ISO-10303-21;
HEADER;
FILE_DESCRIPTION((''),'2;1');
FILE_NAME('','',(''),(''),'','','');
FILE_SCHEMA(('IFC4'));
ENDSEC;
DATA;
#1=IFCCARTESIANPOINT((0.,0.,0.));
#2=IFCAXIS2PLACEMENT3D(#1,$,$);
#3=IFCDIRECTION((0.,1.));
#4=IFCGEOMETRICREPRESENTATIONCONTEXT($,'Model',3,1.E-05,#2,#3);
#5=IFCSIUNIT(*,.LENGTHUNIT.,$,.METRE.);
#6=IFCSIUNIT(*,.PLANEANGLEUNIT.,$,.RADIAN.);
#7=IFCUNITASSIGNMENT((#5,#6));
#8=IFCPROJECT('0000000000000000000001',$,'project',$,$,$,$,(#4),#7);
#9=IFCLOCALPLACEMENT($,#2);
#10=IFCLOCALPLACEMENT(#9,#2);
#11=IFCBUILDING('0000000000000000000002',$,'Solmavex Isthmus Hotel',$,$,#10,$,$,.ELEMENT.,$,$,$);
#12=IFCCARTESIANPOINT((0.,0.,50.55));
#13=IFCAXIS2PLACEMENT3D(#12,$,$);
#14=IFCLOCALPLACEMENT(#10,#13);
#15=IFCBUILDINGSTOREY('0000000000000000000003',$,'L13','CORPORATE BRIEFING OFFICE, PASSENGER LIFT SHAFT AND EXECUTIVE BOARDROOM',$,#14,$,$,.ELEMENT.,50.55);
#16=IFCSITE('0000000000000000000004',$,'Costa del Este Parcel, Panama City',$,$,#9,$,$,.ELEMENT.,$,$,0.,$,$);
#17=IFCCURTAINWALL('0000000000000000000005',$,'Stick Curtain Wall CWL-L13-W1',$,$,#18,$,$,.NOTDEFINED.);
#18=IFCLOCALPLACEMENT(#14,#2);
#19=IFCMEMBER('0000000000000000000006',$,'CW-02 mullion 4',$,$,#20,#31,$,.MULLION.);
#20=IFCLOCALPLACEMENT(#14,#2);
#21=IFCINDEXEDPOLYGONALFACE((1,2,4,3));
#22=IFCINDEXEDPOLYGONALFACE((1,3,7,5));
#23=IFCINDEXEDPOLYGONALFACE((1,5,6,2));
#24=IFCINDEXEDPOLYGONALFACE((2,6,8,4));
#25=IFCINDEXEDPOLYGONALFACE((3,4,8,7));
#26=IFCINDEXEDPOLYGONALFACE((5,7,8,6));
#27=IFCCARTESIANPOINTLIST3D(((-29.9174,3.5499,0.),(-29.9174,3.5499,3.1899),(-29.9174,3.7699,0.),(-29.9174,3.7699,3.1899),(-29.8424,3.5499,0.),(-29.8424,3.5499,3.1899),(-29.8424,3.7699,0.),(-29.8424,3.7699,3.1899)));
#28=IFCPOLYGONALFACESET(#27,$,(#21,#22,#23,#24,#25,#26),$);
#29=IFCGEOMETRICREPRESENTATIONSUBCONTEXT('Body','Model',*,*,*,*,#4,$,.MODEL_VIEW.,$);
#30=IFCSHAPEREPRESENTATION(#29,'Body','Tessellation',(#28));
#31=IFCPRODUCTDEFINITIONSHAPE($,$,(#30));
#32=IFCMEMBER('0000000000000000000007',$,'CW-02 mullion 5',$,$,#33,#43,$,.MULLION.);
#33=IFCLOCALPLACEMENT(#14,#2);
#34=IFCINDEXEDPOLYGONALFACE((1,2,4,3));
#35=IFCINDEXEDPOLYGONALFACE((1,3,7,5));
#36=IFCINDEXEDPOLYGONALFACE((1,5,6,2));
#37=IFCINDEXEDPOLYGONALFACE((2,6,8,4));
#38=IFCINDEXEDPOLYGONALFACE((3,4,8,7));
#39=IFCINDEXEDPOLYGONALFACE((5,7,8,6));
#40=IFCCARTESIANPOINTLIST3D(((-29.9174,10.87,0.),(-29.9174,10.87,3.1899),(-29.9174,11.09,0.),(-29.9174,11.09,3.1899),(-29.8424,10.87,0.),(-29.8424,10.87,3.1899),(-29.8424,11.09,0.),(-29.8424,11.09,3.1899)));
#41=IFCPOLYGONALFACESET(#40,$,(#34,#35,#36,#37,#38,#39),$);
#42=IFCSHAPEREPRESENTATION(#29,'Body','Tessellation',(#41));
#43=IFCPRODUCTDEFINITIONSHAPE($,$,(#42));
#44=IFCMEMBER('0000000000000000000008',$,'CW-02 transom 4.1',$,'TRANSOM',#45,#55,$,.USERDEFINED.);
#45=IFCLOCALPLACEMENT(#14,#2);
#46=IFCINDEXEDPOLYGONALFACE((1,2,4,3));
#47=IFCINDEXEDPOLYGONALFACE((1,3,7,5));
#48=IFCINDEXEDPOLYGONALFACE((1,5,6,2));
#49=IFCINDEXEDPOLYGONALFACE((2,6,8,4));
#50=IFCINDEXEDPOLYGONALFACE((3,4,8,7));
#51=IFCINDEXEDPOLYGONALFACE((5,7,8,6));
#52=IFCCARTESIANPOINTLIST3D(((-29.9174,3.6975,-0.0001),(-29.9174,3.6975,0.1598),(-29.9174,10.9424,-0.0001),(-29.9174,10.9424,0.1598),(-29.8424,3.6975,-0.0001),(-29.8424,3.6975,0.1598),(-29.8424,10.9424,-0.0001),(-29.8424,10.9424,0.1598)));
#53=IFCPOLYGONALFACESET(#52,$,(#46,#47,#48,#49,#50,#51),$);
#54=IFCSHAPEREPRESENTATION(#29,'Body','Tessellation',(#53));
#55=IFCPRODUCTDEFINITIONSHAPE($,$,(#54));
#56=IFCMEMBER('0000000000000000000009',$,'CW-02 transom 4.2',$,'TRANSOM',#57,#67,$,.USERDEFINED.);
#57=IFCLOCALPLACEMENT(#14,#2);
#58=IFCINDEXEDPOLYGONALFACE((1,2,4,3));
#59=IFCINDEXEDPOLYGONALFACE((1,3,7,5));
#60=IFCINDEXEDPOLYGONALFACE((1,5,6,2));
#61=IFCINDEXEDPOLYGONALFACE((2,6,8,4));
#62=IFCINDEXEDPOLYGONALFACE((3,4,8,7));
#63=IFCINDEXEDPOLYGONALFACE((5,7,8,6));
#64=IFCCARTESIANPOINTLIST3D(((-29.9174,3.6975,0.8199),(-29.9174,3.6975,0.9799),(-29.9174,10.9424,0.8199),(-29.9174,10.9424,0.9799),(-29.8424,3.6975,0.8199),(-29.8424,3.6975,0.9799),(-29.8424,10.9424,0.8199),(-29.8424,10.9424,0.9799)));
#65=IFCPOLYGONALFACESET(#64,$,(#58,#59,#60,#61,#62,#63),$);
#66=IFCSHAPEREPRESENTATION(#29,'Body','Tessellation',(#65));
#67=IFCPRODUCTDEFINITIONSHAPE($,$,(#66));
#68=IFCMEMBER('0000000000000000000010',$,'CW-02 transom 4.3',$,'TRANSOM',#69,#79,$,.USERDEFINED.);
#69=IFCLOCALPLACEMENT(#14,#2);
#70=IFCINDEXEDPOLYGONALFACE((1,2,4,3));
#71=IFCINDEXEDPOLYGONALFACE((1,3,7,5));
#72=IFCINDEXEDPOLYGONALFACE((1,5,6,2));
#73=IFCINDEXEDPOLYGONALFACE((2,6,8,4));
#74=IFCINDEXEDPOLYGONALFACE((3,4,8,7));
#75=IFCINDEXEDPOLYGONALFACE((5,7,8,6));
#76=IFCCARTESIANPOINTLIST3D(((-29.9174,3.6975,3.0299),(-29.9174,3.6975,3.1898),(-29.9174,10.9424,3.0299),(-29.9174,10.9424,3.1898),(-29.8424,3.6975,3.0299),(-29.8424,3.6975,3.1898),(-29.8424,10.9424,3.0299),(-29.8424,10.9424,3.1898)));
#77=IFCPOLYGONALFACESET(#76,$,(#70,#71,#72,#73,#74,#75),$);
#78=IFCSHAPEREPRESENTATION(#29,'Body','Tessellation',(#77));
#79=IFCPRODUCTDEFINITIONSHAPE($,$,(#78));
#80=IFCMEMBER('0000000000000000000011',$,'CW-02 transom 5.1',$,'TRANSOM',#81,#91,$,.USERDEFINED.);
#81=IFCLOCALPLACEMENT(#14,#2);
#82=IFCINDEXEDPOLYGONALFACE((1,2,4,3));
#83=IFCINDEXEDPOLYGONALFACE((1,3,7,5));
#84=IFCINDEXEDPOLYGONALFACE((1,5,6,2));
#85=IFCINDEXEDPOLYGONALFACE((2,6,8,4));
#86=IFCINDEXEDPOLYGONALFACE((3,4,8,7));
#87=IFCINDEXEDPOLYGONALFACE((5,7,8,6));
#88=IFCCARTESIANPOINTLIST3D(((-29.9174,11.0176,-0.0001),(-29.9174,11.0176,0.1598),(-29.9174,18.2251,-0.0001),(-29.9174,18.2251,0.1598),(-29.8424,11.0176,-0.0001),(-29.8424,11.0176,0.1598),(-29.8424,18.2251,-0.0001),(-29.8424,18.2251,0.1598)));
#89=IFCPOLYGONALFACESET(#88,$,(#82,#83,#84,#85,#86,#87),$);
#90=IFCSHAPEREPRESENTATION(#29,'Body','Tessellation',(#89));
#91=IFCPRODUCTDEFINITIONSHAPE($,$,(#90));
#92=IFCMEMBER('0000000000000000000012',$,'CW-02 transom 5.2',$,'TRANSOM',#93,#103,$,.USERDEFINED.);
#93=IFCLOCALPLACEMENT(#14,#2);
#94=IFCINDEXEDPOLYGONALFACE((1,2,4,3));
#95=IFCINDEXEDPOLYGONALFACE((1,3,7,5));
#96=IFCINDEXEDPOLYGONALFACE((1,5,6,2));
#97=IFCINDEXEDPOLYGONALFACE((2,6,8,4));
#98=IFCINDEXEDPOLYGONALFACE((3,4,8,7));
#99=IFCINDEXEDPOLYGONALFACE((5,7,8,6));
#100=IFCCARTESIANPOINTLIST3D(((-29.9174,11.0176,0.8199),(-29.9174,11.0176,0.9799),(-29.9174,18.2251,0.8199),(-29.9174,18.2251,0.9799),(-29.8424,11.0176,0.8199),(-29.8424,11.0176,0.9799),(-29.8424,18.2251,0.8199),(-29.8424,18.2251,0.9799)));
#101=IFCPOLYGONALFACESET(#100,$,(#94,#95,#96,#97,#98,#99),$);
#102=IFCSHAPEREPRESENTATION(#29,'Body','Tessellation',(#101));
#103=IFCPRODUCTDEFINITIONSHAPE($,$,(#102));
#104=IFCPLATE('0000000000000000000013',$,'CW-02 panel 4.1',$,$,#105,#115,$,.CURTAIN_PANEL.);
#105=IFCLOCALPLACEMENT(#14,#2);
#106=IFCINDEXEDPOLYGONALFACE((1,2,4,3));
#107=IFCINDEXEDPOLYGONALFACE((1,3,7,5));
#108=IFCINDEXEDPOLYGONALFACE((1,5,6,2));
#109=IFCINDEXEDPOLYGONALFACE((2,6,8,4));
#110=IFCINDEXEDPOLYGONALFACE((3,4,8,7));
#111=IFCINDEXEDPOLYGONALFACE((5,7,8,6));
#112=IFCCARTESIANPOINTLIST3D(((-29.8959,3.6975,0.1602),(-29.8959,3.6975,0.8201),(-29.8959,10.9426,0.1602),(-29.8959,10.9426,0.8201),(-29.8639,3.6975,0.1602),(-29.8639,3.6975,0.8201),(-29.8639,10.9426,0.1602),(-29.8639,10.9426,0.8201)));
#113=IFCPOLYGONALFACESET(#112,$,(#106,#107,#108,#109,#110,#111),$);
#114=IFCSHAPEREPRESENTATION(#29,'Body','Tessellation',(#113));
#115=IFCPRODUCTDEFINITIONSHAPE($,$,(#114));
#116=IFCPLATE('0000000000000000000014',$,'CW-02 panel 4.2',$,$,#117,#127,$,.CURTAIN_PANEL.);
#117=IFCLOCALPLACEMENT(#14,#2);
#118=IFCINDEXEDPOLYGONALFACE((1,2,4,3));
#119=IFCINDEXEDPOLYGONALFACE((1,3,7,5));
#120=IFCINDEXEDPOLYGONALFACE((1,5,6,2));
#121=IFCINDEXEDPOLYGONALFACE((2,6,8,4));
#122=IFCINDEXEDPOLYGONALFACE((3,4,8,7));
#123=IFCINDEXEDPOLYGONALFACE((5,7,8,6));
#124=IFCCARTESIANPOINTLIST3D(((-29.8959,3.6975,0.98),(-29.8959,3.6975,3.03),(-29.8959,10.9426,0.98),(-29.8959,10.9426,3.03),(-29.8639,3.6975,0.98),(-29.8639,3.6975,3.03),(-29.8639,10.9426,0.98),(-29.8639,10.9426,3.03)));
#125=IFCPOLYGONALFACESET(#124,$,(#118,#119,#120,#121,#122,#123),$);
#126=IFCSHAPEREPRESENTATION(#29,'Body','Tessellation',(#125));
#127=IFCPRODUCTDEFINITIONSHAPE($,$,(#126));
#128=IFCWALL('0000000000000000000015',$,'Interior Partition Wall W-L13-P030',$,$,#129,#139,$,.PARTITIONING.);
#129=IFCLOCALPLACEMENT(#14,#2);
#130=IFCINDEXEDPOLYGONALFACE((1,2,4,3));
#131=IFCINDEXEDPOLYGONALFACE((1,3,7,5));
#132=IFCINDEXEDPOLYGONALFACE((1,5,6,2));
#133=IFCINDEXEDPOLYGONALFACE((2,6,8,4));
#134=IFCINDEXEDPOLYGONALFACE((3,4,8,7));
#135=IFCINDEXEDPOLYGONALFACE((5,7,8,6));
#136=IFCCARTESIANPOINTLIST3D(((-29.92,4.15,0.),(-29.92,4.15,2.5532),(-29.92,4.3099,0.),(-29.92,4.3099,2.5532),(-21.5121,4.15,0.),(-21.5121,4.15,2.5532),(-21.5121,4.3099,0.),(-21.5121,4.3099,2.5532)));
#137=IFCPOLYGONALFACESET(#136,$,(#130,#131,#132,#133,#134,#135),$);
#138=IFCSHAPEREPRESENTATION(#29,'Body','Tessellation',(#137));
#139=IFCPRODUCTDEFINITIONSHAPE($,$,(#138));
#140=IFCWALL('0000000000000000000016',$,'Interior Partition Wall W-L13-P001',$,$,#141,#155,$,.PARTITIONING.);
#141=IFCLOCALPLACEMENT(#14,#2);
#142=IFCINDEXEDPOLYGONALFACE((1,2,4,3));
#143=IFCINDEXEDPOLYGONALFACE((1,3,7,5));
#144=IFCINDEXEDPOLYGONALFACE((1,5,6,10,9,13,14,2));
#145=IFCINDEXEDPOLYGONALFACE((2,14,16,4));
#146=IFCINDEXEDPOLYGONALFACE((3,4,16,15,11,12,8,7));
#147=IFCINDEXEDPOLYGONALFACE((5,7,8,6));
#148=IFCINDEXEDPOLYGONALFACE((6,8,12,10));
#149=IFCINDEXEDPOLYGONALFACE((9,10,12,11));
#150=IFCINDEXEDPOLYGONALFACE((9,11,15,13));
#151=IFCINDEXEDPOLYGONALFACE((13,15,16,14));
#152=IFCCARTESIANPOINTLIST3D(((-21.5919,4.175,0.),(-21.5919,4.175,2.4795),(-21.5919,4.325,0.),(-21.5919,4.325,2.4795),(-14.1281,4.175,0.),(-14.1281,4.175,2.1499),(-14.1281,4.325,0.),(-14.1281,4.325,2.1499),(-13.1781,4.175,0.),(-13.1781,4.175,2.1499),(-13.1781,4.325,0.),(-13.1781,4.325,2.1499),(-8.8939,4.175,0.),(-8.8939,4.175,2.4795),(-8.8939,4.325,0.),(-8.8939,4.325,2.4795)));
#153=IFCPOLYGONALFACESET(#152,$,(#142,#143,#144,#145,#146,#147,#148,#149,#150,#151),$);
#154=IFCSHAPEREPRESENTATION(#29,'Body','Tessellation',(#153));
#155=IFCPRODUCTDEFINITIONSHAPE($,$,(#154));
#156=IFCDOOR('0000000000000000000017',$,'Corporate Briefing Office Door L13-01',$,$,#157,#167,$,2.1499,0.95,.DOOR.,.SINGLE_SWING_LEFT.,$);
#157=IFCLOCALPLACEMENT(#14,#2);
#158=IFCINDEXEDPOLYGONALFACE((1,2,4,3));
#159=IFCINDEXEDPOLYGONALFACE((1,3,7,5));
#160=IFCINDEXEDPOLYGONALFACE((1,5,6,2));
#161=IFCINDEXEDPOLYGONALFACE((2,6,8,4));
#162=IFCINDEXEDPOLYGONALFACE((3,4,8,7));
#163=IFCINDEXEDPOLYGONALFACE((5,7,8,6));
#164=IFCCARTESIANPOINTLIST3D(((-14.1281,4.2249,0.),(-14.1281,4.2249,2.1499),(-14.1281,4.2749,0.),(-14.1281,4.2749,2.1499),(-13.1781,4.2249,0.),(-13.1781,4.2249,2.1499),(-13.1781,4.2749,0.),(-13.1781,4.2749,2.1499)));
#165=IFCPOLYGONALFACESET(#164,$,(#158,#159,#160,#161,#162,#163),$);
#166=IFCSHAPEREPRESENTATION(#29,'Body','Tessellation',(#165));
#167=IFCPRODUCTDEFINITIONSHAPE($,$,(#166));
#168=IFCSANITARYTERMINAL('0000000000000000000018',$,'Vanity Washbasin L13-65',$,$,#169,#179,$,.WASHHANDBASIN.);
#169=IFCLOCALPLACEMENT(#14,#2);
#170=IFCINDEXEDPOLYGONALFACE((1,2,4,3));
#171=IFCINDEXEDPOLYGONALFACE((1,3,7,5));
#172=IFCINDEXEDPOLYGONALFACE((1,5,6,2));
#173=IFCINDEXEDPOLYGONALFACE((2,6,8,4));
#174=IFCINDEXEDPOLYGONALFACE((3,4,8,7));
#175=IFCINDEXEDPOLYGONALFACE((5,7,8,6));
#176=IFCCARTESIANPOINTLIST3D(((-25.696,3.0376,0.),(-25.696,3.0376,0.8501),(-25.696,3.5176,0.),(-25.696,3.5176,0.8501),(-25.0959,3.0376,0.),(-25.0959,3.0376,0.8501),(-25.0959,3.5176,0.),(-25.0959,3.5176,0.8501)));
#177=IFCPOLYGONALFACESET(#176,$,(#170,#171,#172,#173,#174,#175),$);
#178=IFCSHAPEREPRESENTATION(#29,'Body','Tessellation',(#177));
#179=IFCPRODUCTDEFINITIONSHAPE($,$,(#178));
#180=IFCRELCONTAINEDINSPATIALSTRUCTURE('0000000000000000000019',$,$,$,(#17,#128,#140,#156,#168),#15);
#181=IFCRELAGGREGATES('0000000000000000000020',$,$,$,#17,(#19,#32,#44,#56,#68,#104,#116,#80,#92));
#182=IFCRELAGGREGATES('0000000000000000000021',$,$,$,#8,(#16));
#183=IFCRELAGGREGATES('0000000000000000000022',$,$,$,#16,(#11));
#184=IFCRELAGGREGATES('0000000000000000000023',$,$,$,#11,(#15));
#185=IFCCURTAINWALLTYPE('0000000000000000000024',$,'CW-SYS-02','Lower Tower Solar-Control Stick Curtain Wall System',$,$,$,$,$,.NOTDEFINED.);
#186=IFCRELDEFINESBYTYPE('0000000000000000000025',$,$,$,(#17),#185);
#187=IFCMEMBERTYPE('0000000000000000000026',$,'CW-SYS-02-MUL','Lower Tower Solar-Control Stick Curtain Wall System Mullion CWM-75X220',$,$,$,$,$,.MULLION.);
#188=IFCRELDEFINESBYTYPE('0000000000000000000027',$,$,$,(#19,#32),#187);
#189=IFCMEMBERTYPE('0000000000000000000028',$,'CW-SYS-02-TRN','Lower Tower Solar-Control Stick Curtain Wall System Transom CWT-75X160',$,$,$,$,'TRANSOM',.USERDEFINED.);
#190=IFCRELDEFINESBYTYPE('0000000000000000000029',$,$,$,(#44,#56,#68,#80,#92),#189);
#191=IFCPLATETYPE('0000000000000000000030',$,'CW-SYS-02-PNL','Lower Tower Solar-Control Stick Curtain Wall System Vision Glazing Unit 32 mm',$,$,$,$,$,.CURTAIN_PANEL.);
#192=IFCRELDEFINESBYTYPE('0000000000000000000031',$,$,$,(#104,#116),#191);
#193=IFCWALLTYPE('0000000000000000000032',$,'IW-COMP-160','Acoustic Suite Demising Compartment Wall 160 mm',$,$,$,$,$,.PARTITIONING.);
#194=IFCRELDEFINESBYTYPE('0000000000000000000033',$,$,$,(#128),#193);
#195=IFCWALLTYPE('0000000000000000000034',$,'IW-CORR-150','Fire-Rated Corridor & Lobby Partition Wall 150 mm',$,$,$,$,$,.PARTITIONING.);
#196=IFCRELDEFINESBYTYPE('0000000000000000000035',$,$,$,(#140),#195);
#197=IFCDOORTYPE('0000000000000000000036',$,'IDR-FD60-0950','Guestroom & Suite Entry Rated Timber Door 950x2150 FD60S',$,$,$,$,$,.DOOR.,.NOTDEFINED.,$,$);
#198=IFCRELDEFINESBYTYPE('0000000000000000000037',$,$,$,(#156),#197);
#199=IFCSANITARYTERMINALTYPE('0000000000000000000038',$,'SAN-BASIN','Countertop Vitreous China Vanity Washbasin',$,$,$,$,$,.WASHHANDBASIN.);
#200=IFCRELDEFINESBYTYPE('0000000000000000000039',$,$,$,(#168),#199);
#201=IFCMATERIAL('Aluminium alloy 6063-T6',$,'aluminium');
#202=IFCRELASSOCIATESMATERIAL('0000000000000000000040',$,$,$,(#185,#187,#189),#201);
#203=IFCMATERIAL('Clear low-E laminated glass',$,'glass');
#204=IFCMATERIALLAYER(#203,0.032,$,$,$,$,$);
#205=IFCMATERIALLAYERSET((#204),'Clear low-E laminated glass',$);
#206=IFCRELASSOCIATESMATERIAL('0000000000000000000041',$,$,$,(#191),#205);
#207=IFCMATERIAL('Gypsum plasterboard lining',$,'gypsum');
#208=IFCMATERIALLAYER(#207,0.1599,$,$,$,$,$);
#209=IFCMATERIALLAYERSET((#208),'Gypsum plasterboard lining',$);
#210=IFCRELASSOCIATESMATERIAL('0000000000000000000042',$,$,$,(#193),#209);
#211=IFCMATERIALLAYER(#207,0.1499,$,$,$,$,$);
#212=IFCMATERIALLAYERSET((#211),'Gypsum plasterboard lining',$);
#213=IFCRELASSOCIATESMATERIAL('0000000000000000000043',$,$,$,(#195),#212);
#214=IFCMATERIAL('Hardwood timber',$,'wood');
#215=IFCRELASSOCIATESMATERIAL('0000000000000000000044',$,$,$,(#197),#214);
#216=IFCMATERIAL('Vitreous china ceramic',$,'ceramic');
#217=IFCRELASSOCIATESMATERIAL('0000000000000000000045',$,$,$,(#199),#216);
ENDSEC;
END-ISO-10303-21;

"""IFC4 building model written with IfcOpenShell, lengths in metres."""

from ifc_helpers import new_model, si_unit, direction, frame, frame_2d, origin, origin_2d, place, context, subcontext, project, spatial, rectangle, extrude, material, layer, layer_set, material_profile, profile_set, type_object, element, fill, aggregate, save


model = new_model("IFC4")

# Units and contexts
model_context = context("Model", 3, precision=1e-05, world=origin(), true_north=direction((0.0, 1.0)))
body_context = subcontext(model_context, "Body", "Model", "MODEL_VIEW")
ifc_project = project(units=[si_unit("LENGTHUNIT", "METRE"), si_unit("PLANEANGLEUNIT", "RADIAN")], contexts=[model_context])

# Site, building, storey
site_placement = place(None, origin())
site = spatial("IfcSite", under=ifc_project, at=site_placement, Name="Costa del Este Parcel, Panama City", CompositionType="ELEMENT", RefElevation=0.0)
building_placement = place(site_placement, origin())
building = spatial("IfcBuilding", under=site, at=building_placement, Name="Solmavex Isthmus Hotel", CompositionType="ELEMENT")
storey_placement = place(building_placement, frame((0.0, 0.0, 50.55)))
storey = spatial("IfcBuildingStorey", under=building, at=storey_placement, Name="L13", Description="CORPORATE BRIEFING OFFICE, PASSENGER LIFT SHAFT AND EXECUTIVE BOARDROOM", CompositionType="ELEMENT", Elevation=50.55)

# Curtain wall, members, plates
ifc_material_1 = material(Name="Aluminium alloy 6063-T6", Category="aluminium")
curtain_wall_type = type_object("IfcCurtainWallType", Name="CW-SYS-02", Description="Lower Tower Solar-Control Stick Curtain Wall System", PredefinedType="NOTDEFINED", material=ifc_material_1)
curtain_wall_placement = place(storey_placement, origin())
curtain_wall = element("IfcCurtainWall", 1, at=curtain_wall_placement, inside=storey, type_object=curtain_wall_type, Name="Stick Curtain Wall CWL-L13-W1", PredefinedType="NOTDEFINED")
ifc_material_profile_1 = material_profile(ifc_material_1, rectangle(XDim=0.075, YDim=0.22, at=origin_2d()), Name="CWM-75X220")
ifc_profile_set_1 = profile_set([ifc_material_profile_1], Name="Aluminium alloy 6063-T6")
member_type_1 = type_object("IfcMemberType", Name="CW-SYS-02-MUL", Description="Lower Tower Solar-Control Stick Curtain Wall System Mullion CWM-75X220", PredefinedType="MULLION", material=ifc_profile_set_1)
member_1_placement = place(storey_placement, frame((-29.8799, 3.6599, 0.0), z_axis=(0.0, 0.0, 1.0), x_axis=(-1.0, 0.0, 0.0)))
member_1 = element("IfcMember", 2, at=member_1_placement, type_object=member_type_1, Name="CW-02 mullion 4", PredefinedType="MULLION", context=body_context, shape_type="SweptSolid", body=[
    extrude(rectangle(XDim=0.075, YDim=0.22, at=origin_2d()), origin(), (0.0, 0.0, 1.0), 3.1899),
])
member_2_placement = place(storey_placement, frame((-29.8799, 10.98, 0.0), z_axis=(0.0, 0.0, 1.0), x_axis=(-1.0, 0.0, 0.0)))
member_2 = element("IfcMember", 3, at=member_2_placement, type_object=member_type_1, Name="CW-02 mullion 5", PredefinedType="MULLION", context=body_context, shape_type="SweptSolid", body=[
    extrude(rectangle(XDim=0.075, YDim=0.22, at=origin_2d()), origin(), (0.0, 0.0, 1.0), 3.1899),
])
ifc_material_profile_2 = material_profile(ifc_material_1, rectangle(XDim=0.075, YDim=0.1599, at=origin_2d()), Name="CWT-75X160")
ifc_profile_set_2 = profile_set([ifc_material_profile_2], Name="Aluminium alloy 6063-T6")
member_type_2 = type_object("IfcMemberType", Name="CW-SYS-02-TRN", Description="Lower Tower Solar-Control Stick Curtain Wall System Transom CWT-75X160", ElementType="TRANSOM", PredefinedType="USERDEFINED", material=ifc_profile_set_2)
member_3_placement = place(storey_placement, frame((-29.8799, 3.6975, 0.0798), z_axis=(0.0, 1.0, 0.0), x_axis=(-1.0, 0.0, 0.0)))
member_3 = element("IfcMember", 4, at=member_3_placement, type_object=member_type_2, Name="CW-02 transom 4.1", ObjectType="TRANSOM", PredefinedType="USERDEFINED", context=body_context, shape_type="SweptSolid", body=[
    extrude(rectangle(XDim=0.075, YDim=0.1599, at=origin_2d()), origin(), (0.0, 0.0, 1.0), 7.2449),
])
member_4_placement = place(storey_placement, frame((-29.8799, 3.6975, 0.8999), z_axis=(0.0, 1.0, 0.0), x_axis=(-1.0, 0.0, 0.0)))
member_4 = element("IfcMember", 5, at=member_4_placement, type_object=member_type_2, Name="CW-02 transom 4.2", ObjectType="TRANSOM", PredefinedType="USERDEFINED", context=body_context, shape_type="SweptSolid", body=[
    extrude(rectangle(XDim=0.075, YDim=0.1599, at=origin_2d()), origin(), (0.0, 0.0, 1.0), 7.2449),
])
member_5_placement = place(storey_placement, frame((-29.8799, 3.6975, 3.1099), z_axis=(0.0, 1.0, 0.0), x_axis=(-1.0, 0.0, 0.0)))
member_5 = element("IfcMember", 6, at=member_5_placement, type_object=member_type_2, Name="CW-02 transom 4.3", ObjectType="TRANSOM", PredefinedType="USERDEFINED", context=body_context, shape_type="SweptSolid", body=[
    extrude(rectangle(XDim=0.075, YDim=0.1599, at=origin_2d()), origin(), (0.0, 0.0, 1.0), 7.2449),
])
member_6_placement = place(storey_placement, frame((-29.8799, 11.0176, 0.0798), z_axis=(0.0, 1.0, 0.0), x_axis=(-1.0, 0.0, 0.0)))
member_6 = element("IfcMember", 7, at=member_6_placement, type_object=member_type_2, Name="CW-02 transom 5.1", ObjectType="TRANSOM", PredefinedType="USERDEFINED", context=body_context, shape_type="SweptSolid", body=[
    extrude(rectangle(XDim=0.075, YDim=0.1599, at=origin_2d()), origin(), (0.0, 0.0, 1.0), 7.2075),
])
member_7_placement = place(storey_placement, frame((-29.8799, 11.0176, 0.8999), z_axis=(0.0, 1.0, 0.0), x_axis=(-1.0, 0.0, 0.0)))
member_7 = element("IfcMember", 8, at=member_7_placement, type_object=member_type_2, Name="CW-02 transom 5.2", ObjectType="TRANSOM", PredefinedType="USERDEFINED", context=body_context, shape_type="SweptSolid", body=[
    extrude(rectangle(XDim=0.075, YDim=0.1599, at=origin_2d()), origin(), (0.0, 0.0, 1.0), 7.2075),
])
ifc_material_2 = material(Name="Clear low-E laminated glass", Category="glass")
ifc_layer_1 = layer(ifc_material_2, 0.032)
ifc_layer_set_1 = layer_set([ifc_layer_1], Name="Clear low-E laminated glass")
plate_type = type_object("IfcPlateType", Name="CW-SYS-02-PNL", Description="Lower Tower Solar-Control Stick Curtain Wall System Vision Glazing Unit 32 mm", PredefinedType="CURTAIN_PANEL", material=ifc_layer_set_1)
plate_1_placement = place(storey_placement, frame((-29.8799, 7.3201, 0.1602), z_axis=(0.0, 0.0, 1.0), x_axis=(0.0, 1.0, 0.0)))
plate_1 = element("IfcPlate", 9, at=plate_1_placement, type_object=plate_type, Name="CW-02 panel 4.1", PredefinedType="CURTAIN_PANEL", context=body_context, shape_type="SweptSolid", body=[
    extrude(rectangle(XDim=7.2451, YDim=0.032, at=origin_2d()), origin(), (0.0, 0.0, 1.0), 0.6599),
])
plate_2_placement = place(storey_placement, frame((-29.8799, 7.3201, 0.98), z_axis=(0.0, 0.0, 1.0), x_axis=(0.0, 1.0, 0.0)))
plate_2 = element("IfcPlate", 10, at=plate_2_placement, type_object=plate_type, Name="CW-02 panel 4.2", PredefinedType="CURTAIN_PANEL", context=body_context, shape_type="SweptSolid", body=[
    extrude(rectangle(XDim=7.2451, YDim=0.032, at=origin_2d()), origin(), (0.0, 0.0, 1.0), 2.05),
])
aggregate(curtain_wall, [member_1, member_2, member_3, member_4, member_5, plate_1, plate_2, member_6, member_7])

# Wall
ifc_material_3 = material(Name="Gypsum plasterboard lining", Category="gypsum")
ifc_layer_2 = layer(ifc_material_3, 0.1599)
ifc_layer_set_2 = layer_set([ifc_layer_2], Name="Gypsum plasterboard lining")
wall_type_1 = type_object("IfcWallType", Name="IW-COMP-160", Description="Acoustic Suite Demising Compartment Wall 160 mm", PredefinedType="PARTITIONING", material=ifc_layer_set_2)
wall_1_placement = place(storey_placement, frame((-21.512, 4.23, 0.0), z_axis=(0.0, 0.0, 1.0), x_axis=(-1.0, 0.0, 0.0)))
element("IfcWall", 11, at=wall_1_placement, inside=storey, type_object=wall_type_1, Name="Interior Partition Wall W-L13-P030", PredefinedType="PARTITIONING", context=body_context, shape_type="SweptSolid", body=[
    extrude(rectangle(XDim=8.408, YDim=0.1599, at=frame_2d((4.2041, 0.0))), origin(), (0.0, 0.0, 1.0), 2.5532),
])

# Wall, opening, door
ifc_layer_3 = layer(ifc_material_3, 0.1499)
ifc_layer_set_3 = layer_set([ifc_layer_3], Name="Gypsum plasterboard lining")
wall_type_2 = type_object("IfcWallType", Name="IW-CORR-150", Description="Fire-Rated Corridor & Lobby Partition Wall 150 mm", PredefinedType="PARTITIONING", material=ifc_layer_set_3)
wall_2_placement = place(storey_placement, frame((-21.592, 4.25, 0.0), z_axis=(0.0, 0.0, 1.0), x_axis=(1.0, 0.0, 0.0)))
wall_2 = element("IfcWall", 12, at=wall_2_placement, inside=storey, type_object=wall_type_2, Name="Interior Partition Wall W-L13-P001", PredefinedType="PARTITIONING", context=body_context, shape_type="SweptSolid", body=[
    extrude(rectangle(XDim=12.698, YDim=0.1499, at=frame_2d((6.3491, 0.0))), origin(), (0.0, 0.0, 1.0), 2.4795),
])
opening_placement = place(wall_2_placement, frame((7.4639, 0.0, 0.0)))
opening = element("IfcOpeningElement", 13, at=opening_placement, cuts=wall_2, PredefinedType="OPENING", context=body_context, shape_type="SweptSolid", body=[
    extrude(rectangle(XDim=0.95, YDim=2.1499, at=frame_2d((0.4751, 1.075))), frame((0.0, 0.085, 0.0), z_axis=(0.0, -1.0, 0.0), x_axis=(1.0, 0.0, 0.0)), (0.0, 0.0, 1.0), 0.1699),
])
ifc_material_4 = material(Name="Hardwood timber", Category="wood")
door_type = type_object("IfcDoorType", Name="IDR-FD60-0950", Description="Guestroom & Suite Entry Rated Timber Door 950x2150 FD60S", OperationType="NOTDEFINED", PredefinedType="DOOR", material=ifc_material_4)
door_placement = place(opening_placement, origin())
door = element("IfcDoor", 14, at=door_placement, inside=storey, type_object=door_type, Name="Corporate Briefing Office Door L13-01", OperationType="SINGLE_SWING_LEFT", OverallHeight=2.1499, OverallWidth=0.95, PredefinedType="DOOR", context=body_context, shape_type="SweptSolid", body=[
    extrude(rectangle(XDim=0.95, YDim=2.1499, at=frame_2d((0.4751, 1.075))), frame((0.0, 0.0249, 0.0), z_axis=(0.0, -1.0, 0.0), x_axis=(1.0, 0.0, 0.0)), (0.0, 0.0, 1.0), 0.05),
])
fill(opening, door)

# Sanitary terminal
ifc_material_5 = material(Name="Vitreous china ceramic", Category="ceramic")
sanitary_terminal_type_1 = type_object("IfcSanitaryTerminalType", Name="SAN-BASIN", Description="Countertop Vitreous China Vanity Washbasin", PredefinedType="WASHHANDBASIN", material=ifc_material_5)
sanitary_terminal_1_placement = place(storey_placement, frame((-25.396, 3.2776, 0.0), z_axis=(0.0, 0.0, 1.0), x_axis=(1.0, 0.0, 0.0)))
element("IfcSanitaryTerminal", 15, at=sanitary_terminal_1_placement, inside=storey, type_object=sanitary_terminal_type_1, Name="Vanity Washbasin L13-65", PredefinedType="WASHHANDBASIN", context=body_context, shape_type="SweptSolid", body=[
    extrude(rectangle(XDim=0.6001, YDim=0.48, at=origin_2d()), origin(), (0.0, 0.0, 1.0), 0.8501),
])

save(model, "model.ifc")
